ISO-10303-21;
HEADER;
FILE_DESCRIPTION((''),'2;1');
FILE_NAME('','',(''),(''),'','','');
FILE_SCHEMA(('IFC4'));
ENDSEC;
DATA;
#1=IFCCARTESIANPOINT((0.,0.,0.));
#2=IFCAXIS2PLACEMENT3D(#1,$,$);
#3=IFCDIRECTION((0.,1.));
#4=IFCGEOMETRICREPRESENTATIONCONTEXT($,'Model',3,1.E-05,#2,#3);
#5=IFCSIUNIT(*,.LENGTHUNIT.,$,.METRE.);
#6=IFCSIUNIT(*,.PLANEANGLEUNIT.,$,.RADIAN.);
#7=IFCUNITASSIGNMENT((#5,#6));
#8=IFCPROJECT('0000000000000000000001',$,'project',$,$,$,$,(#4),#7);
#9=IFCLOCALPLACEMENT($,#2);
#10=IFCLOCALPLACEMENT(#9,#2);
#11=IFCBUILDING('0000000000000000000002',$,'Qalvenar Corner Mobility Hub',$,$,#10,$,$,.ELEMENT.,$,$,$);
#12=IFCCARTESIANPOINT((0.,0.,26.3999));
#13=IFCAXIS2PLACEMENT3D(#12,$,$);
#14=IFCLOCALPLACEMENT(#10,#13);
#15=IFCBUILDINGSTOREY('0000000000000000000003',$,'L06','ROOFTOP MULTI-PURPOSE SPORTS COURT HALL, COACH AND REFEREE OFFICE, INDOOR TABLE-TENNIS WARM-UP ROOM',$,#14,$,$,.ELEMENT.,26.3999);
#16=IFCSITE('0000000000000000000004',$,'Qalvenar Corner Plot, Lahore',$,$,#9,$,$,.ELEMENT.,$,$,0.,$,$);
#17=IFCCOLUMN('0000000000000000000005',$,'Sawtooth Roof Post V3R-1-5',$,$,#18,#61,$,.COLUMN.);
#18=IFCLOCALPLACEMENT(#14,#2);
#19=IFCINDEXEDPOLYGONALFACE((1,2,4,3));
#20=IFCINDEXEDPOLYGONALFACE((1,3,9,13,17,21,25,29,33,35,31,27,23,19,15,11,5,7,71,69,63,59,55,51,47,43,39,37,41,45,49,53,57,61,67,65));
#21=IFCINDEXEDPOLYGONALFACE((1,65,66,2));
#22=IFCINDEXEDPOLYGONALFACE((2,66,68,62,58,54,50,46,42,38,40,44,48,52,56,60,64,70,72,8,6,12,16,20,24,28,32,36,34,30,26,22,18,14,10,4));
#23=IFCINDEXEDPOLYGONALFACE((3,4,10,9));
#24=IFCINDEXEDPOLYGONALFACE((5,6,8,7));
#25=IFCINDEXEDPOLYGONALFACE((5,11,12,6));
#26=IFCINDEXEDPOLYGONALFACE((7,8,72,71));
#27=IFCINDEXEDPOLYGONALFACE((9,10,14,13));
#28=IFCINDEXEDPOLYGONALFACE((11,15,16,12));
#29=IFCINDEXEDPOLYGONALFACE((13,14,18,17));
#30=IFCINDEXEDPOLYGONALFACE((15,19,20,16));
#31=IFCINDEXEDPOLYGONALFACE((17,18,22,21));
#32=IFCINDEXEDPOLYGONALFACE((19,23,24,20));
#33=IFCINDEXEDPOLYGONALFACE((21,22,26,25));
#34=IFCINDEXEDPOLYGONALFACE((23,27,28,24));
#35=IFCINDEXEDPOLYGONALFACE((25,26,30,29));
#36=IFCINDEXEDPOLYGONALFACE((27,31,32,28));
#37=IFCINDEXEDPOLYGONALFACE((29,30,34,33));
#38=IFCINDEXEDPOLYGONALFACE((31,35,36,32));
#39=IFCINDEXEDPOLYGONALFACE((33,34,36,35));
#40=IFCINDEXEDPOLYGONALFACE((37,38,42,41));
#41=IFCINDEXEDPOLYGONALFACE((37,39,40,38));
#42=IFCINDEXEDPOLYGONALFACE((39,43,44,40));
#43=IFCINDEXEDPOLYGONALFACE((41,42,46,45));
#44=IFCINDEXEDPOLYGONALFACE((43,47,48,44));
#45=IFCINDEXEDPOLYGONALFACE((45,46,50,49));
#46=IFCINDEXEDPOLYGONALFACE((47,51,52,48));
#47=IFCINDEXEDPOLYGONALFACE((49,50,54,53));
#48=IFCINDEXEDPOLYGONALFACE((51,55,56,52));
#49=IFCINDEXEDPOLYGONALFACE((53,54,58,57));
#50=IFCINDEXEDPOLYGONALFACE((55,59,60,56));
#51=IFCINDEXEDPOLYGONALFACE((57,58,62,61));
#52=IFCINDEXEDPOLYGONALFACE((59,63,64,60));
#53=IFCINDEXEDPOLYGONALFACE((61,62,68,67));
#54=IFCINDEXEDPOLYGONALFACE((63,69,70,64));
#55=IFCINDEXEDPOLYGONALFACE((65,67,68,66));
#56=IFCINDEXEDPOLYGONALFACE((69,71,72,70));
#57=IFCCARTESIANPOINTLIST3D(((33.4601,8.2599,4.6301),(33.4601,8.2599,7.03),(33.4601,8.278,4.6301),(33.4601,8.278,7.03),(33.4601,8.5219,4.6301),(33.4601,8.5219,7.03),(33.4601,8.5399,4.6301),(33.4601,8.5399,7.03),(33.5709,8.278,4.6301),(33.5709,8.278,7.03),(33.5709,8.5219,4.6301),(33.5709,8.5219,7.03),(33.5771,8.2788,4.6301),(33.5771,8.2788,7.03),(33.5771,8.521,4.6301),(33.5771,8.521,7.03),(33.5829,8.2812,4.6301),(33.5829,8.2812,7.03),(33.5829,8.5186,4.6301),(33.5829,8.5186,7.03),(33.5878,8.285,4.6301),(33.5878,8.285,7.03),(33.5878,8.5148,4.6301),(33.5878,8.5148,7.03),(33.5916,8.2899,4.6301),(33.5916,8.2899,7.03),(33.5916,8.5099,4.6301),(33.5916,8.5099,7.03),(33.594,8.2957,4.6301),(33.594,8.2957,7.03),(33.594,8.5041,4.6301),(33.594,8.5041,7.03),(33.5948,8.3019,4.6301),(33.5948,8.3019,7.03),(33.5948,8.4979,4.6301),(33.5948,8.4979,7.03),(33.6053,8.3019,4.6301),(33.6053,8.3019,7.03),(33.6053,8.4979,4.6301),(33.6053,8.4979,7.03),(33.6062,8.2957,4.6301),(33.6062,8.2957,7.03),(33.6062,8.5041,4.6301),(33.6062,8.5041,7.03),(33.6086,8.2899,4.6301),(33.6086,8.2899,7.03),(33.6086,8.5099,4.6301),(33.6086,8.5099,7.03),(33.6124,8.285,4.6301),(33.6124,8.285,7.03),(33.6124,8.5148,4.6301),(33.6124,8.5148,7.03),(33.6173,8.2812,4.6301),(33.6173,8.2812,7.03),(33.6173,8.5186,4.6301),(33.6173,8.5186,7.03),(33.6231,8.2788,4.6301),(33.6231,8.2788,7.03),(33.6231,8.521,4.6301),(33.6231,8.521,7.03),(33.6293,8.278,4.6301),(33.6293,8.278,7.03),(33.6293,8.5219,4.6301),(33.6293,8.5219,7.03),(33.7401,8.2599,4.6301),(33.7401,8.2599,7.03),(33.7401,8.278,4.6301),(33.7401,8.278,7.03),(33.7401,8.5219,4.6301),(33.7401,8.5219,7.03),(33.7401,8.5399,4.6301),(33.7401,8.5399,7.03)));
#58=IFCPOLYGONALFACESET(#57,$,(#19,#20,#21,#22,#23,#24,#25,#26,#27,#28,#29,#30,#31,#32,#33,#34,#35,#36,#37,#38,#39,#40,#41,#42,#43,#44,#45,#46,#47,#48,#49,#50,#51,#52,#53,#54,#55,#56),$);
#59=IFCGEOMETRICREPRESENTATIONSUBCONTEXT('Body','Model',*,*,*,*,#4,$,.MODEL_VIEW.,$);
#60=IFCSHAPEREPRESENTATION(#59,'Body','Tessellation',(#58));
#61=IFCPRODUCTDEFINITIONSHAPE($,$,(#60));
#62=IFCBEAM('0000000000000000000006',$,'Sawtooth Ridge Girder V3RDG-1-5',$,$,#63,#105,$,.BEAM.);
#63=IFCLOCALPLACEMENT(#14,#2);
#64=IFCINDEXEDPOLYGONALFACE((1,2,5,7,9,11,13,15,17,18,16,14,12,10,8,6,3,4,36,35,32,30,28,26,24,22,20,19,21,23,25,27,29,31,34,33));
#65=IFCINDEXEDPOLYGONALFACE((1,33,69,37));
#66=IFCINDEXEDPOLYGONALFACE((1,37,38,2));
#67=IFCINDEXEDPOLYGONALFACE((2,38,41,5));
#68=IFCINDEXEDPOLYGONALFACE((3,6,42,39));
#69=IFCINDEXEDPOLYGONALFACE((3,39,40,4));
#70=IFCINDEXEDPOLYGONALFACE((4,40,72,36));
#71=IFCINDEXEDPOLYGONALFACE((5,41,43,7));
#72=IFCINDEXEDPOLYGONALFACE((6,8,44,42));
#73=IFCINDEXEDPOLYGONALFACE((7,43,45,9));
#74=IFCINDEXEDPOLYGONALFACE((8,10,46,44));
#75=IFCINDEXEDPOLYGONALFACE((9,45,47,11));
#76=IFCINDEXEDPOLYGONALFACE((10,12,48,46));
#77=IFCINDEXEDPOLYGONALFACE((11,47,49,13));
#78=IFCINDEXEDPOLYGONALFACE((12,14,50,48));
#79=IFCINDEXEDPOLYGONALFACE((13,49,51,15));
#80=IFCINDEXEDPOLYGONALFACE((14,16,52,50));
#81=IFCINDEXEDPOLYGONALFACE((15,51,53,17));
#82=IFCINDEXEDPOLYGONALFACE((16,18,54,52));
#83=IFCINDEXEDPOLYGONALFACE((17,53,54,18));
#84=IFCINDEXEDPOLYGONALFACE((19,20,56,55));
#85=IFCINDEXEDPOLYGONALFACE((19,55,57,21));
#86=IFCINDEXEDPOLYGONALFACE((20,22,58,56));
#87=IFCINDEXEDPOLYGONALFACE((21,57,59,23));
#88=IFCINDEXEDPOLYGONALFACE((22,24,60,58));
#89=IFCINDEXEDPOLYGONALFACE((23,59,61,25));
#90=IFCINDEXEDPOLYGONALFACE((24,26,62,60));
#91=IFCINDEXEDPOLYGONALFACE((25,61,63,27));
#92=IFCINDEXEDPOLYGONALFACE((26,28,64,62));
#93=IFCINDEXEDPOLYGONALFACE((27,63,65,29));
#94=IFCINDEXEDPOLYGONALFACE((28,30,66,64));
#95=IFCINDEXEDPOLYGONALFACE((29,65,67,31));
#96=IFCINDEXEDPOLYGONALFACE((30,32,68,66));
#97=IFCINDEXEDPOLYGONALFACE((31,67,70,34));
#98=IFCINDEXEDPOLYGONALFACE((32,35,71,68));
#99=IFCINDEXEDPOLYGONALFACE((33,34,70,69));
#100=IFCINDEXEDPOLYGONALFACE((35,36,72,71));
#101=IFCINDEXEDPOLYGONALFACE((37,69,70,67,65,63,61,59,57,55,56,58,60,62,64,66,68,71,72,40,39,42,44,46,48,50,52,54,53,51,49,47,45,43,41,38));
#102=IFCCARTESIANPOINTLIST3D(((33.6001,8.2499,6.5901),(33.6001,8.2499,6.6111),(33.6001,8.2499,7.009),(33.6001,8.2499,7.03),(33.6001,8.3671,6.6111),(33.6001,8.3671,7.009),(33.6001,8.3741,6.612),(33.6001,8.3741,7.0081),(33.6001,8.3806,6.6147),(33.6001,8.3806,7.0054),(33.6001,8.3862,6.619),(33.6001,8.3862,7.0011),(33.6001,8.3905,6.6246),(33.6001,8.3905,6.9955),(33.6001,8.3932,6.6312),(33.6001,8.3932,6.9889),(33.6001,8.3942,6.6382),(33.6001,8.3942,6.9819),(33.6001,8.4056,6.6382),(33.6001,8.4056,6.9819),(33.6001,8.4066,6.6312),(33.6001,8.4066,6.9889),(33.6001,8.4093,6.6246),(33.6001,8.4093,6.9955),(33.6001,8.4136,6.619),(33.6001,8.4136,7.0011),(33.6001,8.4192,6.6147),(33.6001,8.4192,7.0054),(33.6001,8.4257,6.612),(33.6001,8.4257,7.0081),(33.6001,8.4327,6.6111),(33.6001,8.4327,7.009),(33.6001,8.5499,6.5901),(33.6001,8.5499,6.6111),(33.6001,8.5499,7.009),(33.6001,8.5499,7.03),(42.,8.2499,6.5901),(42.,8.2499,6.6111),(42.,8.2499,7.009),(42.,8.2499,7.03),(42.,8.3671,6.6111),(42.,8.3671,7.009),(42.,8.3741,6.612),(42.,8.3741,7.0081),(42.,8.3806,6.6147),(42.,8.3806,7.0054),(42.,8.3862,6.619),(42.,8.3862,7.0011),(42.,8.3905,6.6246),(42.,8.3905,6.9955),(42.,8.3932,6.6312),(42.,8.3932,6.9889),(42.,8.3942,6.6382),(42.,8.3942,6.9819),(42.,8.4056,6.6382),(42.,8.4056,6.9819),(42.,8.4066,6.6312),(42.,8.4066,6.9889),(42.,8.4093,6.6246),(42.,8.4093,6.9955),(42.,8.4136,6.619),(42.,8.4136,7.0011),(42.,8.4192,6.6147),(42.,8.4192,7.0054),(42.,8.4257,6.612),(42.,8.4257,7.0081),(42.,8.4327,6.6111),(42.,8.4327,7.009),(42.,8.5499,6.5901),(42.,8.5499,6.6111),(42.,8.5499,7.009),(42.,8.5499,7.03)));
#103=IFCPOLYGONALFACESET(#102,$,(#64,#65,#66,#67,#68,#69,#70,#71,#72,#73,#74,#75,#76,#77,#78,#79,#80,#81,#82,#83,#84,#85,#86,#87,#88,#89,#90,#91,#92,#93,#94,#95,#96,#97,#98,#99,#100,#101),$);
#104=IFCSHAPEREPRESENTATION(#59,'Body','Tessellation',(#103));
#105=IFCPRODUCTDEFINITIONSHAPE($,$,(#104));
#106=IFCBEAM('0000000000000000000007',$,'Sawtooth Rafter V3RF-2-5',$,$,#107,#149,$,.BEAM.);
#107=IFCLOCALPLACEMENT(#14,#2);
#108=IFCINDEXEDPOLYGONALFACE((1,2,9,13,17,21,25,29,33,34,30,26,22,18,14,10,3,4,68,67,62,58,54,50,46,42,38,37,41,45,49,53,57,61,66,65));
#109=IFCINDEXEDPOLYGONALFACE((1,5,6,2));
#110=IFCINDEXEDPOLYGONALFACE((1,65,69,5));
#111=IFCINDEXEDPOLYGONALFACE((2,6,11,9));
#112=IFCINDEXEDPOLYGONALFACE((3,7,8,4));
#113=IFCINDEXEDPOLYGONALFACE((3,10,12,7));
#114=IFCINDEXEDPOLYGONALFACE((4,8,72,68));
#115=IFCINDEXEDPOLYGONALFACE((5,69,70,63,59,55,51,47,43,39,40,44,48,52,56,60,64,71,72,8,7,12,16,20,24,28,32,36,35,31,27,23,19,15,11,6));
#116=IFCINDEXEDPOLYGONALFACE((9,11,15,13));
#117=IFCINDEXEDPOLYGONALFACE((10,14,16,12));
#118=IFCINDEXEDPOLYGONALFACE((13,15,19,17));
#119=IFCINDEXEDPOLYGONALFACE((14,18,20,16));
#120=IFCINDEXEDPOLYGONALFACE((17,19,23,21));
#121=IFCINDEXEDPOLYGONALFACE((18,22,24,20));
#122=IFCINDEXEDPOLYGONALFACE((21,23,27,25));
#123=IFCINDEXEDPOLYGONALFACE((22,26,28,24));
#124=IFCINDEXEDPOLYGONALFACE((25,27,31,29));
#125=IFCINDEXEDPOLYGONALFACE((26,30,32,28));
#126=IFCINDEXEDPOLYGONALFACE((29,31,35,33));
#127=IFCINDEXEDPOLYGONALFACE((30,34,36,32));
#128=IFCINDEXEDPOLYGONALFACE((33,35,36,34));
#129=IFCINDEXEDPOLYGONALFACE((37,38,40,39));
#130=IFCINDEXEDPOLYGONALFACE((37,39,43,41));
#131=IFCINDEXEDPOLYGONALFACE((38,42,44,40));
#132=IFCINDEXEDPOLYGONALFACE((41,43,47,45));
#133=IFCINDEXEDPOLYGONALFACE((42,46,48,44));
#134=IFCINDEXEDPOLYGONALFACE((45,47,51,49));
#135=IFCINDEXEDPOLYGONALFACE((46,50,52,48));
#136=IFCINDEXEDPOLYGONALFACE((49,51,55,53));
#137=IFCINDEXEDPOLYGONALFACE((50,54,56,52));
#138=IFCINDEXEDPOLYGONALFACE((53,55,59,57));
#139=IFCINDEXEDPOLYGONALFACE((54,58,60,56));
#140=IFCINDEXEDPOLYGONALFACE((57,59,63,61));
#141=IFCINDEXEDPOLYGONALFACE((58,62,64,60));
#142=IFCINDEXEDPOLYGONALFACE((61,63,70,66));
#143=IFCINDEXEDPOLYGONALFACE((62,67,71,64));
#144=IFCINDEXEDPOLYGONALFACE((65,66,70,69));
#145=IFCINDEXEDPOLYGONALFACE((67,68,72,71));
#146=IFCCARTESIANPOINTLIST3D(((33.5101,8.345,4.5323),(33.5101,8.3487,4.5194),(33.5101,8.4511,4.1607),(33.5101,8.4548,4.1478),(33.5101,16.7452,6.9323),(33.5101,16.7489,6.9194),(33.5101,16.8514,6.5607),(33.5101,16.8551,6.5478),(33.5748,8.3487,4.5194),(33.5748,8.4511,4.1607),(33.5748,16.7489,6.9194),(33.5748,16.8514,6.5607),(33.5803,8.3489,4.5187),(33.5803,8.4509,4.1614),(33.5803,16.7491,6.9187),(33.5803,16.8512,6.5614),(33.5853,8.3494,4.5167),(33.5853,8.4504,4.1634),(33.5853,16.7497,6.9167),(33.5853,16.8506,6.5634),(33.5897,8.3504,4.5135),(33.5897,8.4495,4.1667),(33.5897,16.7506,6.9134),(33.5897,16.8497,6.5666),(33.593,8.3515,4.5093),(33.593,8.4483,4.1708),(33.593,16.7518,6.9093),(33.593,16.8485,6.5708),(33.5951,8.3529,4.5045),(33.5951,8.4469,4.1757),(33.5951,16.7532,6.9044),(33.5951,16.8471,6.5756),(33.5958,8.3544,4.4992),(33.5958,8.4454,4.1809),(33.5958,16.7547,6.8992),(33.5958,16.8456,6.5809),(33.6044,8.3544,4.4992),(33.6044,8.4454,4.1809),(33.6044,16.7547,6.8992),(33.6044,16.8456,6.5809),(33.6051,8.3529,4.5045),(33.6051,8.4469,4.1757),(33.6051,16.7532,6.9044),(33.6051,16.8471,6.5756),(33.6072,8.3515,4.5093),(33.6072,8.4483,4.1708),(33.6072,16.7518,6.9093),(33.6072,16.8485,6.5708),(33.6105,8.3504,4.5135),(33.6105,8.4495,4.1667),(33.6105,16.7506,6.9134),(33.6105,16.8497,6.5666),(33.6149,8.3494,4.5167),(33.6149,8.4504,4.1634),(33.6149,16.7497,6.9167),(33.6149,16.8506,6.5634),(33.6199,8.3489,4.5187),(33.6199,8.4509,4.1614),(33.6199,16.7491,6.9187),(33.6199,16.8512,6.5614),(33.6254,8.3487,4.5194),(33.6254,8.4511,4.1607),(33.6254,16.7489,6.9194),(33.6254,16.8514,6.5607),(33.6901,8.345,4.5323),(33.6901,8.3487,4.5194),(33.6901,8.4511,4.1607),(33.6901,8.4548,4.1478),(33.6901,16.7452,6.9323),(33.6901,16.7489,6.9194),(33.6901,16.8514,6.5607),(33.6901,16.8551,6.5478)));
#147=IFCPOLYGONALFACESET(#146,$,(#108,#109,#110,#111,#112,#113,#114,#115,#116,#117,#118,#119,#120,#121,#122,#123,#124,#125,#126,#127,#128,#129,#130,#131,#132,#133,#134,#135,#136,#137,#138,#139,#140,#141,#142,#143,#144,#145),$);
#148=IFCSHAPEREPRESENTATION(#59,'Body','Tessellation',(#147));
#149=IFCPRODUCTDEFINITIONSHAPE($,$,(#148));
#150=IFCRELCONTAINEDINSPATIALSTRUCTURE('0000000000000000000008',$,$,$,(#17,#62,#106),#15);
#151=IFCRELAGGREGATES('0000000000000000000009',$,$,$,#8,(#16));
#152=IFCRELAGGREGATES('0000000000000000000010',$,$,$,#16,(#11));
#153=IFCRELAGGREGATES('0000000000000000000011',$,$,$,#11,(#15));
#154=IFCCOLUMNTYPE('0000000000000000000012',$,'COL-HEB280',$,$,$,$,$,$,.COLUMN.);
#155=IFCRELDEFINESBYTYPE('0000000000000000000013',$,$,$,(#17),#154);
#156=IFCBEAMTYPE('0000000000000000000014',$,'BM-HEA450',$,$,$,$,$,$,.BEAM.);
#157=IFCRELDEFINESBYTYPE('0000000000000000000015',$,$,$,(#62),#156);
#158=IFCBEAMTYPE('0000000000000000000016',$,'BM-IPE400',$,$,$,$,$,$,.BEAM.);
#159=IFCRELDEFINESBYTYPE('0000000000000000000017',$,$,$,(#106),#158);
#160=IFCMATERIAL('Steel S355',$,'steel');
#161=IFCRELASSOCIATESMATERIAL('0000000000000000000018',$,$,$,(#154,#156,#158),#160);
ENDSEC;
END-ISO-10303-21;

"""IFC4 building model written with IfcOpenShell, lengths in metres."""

from ifc_helpers import new_model, si_unit, direction, frame, origin, origin_2d, place, context, subcontext, project, spatial, i_section, extrude, material, material_profile, profile_set, type_object, element, save


model = new_model("IFC4")

# Units and contexts
model_context = context("Model", 3, precision=1e-05, world=origin(), true_north=direction((0.0, 1.0)))
body_context = subcontext(model_context, "Body", "Model", "MODEL_VIEW")
ifc_project = project(units=[si_unit("LENGTHUNIT", "METRE"), si_unit("PLANEANGLEUNIT", "RADIAN")], contexts=[model_context])

# Site, building, storey
site_placement = place(None, origin())
site = spatial("IfcSite", under=ifc_project, at=site_placement, Name="Qalvenar Corner Plot, Lahore", CompositionType="ELEMENT", RefElevation=0.0)
building_placement = place(site_placement, origin())
building = spatial("IfcBuilding", under=site, at=building_placement, Name="Qalvenar Corner Mobility Hub", CompositionType="ELEMENT")
storey_placement = place(building_placement, frame((0.0, 0.0, 26.3999)))
storey = spatial("IfcBuildingStorey", under=building, at=storey_placement, Name="L06", Description="ROOFTOP MULTI-PURPOSE SPORTS COURT HALL, COACH AND REFEREE OFFICE, INDOOR TABLE-TENNIS WARM-UP ROOM", CompositionType="ELEMENT", Elevation=26.3999)

# Column
ifc_material_1 = material(Name="Steel S355", Category="steel")
ifc_material_profile_1 = material_profile(ifc_material_1, i_section(OverallWidth=0.28, OverallDepth=0.28, WebThickness=0.0105, FlangeThickness=0.0181, FilletRadius=0.0239, at=origin_2d()), Name="HEB280")
ifc_profile_set_1 = profile_set([ifc_material_profile_1], Name="Steel S355")
column_type = type_object("IfcColumnType", Name="COL-HEB280", PredefinedType="COLUMN", material=ifc_profile_set_1)
column_placement = place(storey_placement, frame((33.6001, 8.3999, 4.6301), z_axis=(0.0, 0.0, 1.0), x_axis=(1.0, 0.0, 0.0)))
element("IfcColumn", 1, at=column_placement, inside=storey, type_object=column_type, Name="Sawtooth Roof Post V3R-1-5", PredefinedType="COLUMN", context=body_context, shape_type="SweptSolid", body=[
    extrude(i_section(OverallWidth=0.28, OverallDepth=0.28, WebThickness=0.0105, FlangeThickness=0.0181, FilletRadius=0.0239, at=origin_2d()), origin(), (0.0, 0.0, 1.0), 2.3999),
])

# Beams
ifc_material_profile_2 = material_profile(ifc_material_1, i_section(OverallWidth=0.3, OverallDepth=0.4399, WebThickness=0.0115, FlangeThickness=0.021, FilletRadius=0.0271, at=origin_2d()), Name="HEA450")
ifc_profile_set_2 = profile_set([ifc_material_profile_2], Name="Steel S355")
beam_type_1 = type_object("IfcBeamType", Name="BM-HEA450", PredefinedType="BEAM", material=ifc_profile_set_2)
beam_1_placement = place(storey_placement, frame((33.6001, 8.3999, 6.8101), z_axis=(1.0, 0.0, 0.0), x_axis=(0.0, 1.0, 0.0)))
element("IfcBeam", 2, at=beam_1_placement, inside=storey, type_object=beam_type_1, Name="Sawtooth Ridge Girder V3RDG-1-5", PredefinedType="BEAM", context=body_context, shape_type="SweptSolid", body=[
    extrude(i_section(OverallWidth=0.3, OverallDepth=0.4399, WebThickness=0.0115, FlangeThickness=0.021, FilletRadius=0.0271, at=origin_2d()), origin(), (0.0, 0.0, 1.0), 8.3999),
])
ifc_material_profile_3 = material_profile(ifc_material_1, i_section(OverallWidth=0.1799, OverallDepth=0.3999, WebThickness=0.0085, FlangeThickness=0.0134, FilletRadius=0.021, at=origin_2d()), Name="IPE400")
ifc_profile_set_3 = profile_set([ifc_material_profile_3], Name="Steel S355")
beam_type_2 = type_object("IfcBeamType", Name="BM-IPE400", PredefinedType="BEAM", material=ifc_profile_set_3)
beam_2_placement = place(storey_placement, frame((33.6001, 8.3999, 4.3401), z_axis=(0.0, 0.961528, 0.274706), x_axis=(-1.0, 0.0, 0.0)))
element("IfcBeam", 3, at=beam_2_placement, inside=storey, type_object=beam_type_2, Name="Sawtooth Rafter V3RF-2-5", PredefinedType="BEAM", context=body_context, shape_type="SweptSolid", body=[
    extrude(i_section(OverallWidth=0.1799, OverallDepth=0.3999, WebThickness=0.0085, FlangeThickness=0.0134, FilletRadius=0.021, at=origin_2d()), origin(), (0.0, 0.0, 1.0), 8.7363),
])

save(model, "model.ifc")
